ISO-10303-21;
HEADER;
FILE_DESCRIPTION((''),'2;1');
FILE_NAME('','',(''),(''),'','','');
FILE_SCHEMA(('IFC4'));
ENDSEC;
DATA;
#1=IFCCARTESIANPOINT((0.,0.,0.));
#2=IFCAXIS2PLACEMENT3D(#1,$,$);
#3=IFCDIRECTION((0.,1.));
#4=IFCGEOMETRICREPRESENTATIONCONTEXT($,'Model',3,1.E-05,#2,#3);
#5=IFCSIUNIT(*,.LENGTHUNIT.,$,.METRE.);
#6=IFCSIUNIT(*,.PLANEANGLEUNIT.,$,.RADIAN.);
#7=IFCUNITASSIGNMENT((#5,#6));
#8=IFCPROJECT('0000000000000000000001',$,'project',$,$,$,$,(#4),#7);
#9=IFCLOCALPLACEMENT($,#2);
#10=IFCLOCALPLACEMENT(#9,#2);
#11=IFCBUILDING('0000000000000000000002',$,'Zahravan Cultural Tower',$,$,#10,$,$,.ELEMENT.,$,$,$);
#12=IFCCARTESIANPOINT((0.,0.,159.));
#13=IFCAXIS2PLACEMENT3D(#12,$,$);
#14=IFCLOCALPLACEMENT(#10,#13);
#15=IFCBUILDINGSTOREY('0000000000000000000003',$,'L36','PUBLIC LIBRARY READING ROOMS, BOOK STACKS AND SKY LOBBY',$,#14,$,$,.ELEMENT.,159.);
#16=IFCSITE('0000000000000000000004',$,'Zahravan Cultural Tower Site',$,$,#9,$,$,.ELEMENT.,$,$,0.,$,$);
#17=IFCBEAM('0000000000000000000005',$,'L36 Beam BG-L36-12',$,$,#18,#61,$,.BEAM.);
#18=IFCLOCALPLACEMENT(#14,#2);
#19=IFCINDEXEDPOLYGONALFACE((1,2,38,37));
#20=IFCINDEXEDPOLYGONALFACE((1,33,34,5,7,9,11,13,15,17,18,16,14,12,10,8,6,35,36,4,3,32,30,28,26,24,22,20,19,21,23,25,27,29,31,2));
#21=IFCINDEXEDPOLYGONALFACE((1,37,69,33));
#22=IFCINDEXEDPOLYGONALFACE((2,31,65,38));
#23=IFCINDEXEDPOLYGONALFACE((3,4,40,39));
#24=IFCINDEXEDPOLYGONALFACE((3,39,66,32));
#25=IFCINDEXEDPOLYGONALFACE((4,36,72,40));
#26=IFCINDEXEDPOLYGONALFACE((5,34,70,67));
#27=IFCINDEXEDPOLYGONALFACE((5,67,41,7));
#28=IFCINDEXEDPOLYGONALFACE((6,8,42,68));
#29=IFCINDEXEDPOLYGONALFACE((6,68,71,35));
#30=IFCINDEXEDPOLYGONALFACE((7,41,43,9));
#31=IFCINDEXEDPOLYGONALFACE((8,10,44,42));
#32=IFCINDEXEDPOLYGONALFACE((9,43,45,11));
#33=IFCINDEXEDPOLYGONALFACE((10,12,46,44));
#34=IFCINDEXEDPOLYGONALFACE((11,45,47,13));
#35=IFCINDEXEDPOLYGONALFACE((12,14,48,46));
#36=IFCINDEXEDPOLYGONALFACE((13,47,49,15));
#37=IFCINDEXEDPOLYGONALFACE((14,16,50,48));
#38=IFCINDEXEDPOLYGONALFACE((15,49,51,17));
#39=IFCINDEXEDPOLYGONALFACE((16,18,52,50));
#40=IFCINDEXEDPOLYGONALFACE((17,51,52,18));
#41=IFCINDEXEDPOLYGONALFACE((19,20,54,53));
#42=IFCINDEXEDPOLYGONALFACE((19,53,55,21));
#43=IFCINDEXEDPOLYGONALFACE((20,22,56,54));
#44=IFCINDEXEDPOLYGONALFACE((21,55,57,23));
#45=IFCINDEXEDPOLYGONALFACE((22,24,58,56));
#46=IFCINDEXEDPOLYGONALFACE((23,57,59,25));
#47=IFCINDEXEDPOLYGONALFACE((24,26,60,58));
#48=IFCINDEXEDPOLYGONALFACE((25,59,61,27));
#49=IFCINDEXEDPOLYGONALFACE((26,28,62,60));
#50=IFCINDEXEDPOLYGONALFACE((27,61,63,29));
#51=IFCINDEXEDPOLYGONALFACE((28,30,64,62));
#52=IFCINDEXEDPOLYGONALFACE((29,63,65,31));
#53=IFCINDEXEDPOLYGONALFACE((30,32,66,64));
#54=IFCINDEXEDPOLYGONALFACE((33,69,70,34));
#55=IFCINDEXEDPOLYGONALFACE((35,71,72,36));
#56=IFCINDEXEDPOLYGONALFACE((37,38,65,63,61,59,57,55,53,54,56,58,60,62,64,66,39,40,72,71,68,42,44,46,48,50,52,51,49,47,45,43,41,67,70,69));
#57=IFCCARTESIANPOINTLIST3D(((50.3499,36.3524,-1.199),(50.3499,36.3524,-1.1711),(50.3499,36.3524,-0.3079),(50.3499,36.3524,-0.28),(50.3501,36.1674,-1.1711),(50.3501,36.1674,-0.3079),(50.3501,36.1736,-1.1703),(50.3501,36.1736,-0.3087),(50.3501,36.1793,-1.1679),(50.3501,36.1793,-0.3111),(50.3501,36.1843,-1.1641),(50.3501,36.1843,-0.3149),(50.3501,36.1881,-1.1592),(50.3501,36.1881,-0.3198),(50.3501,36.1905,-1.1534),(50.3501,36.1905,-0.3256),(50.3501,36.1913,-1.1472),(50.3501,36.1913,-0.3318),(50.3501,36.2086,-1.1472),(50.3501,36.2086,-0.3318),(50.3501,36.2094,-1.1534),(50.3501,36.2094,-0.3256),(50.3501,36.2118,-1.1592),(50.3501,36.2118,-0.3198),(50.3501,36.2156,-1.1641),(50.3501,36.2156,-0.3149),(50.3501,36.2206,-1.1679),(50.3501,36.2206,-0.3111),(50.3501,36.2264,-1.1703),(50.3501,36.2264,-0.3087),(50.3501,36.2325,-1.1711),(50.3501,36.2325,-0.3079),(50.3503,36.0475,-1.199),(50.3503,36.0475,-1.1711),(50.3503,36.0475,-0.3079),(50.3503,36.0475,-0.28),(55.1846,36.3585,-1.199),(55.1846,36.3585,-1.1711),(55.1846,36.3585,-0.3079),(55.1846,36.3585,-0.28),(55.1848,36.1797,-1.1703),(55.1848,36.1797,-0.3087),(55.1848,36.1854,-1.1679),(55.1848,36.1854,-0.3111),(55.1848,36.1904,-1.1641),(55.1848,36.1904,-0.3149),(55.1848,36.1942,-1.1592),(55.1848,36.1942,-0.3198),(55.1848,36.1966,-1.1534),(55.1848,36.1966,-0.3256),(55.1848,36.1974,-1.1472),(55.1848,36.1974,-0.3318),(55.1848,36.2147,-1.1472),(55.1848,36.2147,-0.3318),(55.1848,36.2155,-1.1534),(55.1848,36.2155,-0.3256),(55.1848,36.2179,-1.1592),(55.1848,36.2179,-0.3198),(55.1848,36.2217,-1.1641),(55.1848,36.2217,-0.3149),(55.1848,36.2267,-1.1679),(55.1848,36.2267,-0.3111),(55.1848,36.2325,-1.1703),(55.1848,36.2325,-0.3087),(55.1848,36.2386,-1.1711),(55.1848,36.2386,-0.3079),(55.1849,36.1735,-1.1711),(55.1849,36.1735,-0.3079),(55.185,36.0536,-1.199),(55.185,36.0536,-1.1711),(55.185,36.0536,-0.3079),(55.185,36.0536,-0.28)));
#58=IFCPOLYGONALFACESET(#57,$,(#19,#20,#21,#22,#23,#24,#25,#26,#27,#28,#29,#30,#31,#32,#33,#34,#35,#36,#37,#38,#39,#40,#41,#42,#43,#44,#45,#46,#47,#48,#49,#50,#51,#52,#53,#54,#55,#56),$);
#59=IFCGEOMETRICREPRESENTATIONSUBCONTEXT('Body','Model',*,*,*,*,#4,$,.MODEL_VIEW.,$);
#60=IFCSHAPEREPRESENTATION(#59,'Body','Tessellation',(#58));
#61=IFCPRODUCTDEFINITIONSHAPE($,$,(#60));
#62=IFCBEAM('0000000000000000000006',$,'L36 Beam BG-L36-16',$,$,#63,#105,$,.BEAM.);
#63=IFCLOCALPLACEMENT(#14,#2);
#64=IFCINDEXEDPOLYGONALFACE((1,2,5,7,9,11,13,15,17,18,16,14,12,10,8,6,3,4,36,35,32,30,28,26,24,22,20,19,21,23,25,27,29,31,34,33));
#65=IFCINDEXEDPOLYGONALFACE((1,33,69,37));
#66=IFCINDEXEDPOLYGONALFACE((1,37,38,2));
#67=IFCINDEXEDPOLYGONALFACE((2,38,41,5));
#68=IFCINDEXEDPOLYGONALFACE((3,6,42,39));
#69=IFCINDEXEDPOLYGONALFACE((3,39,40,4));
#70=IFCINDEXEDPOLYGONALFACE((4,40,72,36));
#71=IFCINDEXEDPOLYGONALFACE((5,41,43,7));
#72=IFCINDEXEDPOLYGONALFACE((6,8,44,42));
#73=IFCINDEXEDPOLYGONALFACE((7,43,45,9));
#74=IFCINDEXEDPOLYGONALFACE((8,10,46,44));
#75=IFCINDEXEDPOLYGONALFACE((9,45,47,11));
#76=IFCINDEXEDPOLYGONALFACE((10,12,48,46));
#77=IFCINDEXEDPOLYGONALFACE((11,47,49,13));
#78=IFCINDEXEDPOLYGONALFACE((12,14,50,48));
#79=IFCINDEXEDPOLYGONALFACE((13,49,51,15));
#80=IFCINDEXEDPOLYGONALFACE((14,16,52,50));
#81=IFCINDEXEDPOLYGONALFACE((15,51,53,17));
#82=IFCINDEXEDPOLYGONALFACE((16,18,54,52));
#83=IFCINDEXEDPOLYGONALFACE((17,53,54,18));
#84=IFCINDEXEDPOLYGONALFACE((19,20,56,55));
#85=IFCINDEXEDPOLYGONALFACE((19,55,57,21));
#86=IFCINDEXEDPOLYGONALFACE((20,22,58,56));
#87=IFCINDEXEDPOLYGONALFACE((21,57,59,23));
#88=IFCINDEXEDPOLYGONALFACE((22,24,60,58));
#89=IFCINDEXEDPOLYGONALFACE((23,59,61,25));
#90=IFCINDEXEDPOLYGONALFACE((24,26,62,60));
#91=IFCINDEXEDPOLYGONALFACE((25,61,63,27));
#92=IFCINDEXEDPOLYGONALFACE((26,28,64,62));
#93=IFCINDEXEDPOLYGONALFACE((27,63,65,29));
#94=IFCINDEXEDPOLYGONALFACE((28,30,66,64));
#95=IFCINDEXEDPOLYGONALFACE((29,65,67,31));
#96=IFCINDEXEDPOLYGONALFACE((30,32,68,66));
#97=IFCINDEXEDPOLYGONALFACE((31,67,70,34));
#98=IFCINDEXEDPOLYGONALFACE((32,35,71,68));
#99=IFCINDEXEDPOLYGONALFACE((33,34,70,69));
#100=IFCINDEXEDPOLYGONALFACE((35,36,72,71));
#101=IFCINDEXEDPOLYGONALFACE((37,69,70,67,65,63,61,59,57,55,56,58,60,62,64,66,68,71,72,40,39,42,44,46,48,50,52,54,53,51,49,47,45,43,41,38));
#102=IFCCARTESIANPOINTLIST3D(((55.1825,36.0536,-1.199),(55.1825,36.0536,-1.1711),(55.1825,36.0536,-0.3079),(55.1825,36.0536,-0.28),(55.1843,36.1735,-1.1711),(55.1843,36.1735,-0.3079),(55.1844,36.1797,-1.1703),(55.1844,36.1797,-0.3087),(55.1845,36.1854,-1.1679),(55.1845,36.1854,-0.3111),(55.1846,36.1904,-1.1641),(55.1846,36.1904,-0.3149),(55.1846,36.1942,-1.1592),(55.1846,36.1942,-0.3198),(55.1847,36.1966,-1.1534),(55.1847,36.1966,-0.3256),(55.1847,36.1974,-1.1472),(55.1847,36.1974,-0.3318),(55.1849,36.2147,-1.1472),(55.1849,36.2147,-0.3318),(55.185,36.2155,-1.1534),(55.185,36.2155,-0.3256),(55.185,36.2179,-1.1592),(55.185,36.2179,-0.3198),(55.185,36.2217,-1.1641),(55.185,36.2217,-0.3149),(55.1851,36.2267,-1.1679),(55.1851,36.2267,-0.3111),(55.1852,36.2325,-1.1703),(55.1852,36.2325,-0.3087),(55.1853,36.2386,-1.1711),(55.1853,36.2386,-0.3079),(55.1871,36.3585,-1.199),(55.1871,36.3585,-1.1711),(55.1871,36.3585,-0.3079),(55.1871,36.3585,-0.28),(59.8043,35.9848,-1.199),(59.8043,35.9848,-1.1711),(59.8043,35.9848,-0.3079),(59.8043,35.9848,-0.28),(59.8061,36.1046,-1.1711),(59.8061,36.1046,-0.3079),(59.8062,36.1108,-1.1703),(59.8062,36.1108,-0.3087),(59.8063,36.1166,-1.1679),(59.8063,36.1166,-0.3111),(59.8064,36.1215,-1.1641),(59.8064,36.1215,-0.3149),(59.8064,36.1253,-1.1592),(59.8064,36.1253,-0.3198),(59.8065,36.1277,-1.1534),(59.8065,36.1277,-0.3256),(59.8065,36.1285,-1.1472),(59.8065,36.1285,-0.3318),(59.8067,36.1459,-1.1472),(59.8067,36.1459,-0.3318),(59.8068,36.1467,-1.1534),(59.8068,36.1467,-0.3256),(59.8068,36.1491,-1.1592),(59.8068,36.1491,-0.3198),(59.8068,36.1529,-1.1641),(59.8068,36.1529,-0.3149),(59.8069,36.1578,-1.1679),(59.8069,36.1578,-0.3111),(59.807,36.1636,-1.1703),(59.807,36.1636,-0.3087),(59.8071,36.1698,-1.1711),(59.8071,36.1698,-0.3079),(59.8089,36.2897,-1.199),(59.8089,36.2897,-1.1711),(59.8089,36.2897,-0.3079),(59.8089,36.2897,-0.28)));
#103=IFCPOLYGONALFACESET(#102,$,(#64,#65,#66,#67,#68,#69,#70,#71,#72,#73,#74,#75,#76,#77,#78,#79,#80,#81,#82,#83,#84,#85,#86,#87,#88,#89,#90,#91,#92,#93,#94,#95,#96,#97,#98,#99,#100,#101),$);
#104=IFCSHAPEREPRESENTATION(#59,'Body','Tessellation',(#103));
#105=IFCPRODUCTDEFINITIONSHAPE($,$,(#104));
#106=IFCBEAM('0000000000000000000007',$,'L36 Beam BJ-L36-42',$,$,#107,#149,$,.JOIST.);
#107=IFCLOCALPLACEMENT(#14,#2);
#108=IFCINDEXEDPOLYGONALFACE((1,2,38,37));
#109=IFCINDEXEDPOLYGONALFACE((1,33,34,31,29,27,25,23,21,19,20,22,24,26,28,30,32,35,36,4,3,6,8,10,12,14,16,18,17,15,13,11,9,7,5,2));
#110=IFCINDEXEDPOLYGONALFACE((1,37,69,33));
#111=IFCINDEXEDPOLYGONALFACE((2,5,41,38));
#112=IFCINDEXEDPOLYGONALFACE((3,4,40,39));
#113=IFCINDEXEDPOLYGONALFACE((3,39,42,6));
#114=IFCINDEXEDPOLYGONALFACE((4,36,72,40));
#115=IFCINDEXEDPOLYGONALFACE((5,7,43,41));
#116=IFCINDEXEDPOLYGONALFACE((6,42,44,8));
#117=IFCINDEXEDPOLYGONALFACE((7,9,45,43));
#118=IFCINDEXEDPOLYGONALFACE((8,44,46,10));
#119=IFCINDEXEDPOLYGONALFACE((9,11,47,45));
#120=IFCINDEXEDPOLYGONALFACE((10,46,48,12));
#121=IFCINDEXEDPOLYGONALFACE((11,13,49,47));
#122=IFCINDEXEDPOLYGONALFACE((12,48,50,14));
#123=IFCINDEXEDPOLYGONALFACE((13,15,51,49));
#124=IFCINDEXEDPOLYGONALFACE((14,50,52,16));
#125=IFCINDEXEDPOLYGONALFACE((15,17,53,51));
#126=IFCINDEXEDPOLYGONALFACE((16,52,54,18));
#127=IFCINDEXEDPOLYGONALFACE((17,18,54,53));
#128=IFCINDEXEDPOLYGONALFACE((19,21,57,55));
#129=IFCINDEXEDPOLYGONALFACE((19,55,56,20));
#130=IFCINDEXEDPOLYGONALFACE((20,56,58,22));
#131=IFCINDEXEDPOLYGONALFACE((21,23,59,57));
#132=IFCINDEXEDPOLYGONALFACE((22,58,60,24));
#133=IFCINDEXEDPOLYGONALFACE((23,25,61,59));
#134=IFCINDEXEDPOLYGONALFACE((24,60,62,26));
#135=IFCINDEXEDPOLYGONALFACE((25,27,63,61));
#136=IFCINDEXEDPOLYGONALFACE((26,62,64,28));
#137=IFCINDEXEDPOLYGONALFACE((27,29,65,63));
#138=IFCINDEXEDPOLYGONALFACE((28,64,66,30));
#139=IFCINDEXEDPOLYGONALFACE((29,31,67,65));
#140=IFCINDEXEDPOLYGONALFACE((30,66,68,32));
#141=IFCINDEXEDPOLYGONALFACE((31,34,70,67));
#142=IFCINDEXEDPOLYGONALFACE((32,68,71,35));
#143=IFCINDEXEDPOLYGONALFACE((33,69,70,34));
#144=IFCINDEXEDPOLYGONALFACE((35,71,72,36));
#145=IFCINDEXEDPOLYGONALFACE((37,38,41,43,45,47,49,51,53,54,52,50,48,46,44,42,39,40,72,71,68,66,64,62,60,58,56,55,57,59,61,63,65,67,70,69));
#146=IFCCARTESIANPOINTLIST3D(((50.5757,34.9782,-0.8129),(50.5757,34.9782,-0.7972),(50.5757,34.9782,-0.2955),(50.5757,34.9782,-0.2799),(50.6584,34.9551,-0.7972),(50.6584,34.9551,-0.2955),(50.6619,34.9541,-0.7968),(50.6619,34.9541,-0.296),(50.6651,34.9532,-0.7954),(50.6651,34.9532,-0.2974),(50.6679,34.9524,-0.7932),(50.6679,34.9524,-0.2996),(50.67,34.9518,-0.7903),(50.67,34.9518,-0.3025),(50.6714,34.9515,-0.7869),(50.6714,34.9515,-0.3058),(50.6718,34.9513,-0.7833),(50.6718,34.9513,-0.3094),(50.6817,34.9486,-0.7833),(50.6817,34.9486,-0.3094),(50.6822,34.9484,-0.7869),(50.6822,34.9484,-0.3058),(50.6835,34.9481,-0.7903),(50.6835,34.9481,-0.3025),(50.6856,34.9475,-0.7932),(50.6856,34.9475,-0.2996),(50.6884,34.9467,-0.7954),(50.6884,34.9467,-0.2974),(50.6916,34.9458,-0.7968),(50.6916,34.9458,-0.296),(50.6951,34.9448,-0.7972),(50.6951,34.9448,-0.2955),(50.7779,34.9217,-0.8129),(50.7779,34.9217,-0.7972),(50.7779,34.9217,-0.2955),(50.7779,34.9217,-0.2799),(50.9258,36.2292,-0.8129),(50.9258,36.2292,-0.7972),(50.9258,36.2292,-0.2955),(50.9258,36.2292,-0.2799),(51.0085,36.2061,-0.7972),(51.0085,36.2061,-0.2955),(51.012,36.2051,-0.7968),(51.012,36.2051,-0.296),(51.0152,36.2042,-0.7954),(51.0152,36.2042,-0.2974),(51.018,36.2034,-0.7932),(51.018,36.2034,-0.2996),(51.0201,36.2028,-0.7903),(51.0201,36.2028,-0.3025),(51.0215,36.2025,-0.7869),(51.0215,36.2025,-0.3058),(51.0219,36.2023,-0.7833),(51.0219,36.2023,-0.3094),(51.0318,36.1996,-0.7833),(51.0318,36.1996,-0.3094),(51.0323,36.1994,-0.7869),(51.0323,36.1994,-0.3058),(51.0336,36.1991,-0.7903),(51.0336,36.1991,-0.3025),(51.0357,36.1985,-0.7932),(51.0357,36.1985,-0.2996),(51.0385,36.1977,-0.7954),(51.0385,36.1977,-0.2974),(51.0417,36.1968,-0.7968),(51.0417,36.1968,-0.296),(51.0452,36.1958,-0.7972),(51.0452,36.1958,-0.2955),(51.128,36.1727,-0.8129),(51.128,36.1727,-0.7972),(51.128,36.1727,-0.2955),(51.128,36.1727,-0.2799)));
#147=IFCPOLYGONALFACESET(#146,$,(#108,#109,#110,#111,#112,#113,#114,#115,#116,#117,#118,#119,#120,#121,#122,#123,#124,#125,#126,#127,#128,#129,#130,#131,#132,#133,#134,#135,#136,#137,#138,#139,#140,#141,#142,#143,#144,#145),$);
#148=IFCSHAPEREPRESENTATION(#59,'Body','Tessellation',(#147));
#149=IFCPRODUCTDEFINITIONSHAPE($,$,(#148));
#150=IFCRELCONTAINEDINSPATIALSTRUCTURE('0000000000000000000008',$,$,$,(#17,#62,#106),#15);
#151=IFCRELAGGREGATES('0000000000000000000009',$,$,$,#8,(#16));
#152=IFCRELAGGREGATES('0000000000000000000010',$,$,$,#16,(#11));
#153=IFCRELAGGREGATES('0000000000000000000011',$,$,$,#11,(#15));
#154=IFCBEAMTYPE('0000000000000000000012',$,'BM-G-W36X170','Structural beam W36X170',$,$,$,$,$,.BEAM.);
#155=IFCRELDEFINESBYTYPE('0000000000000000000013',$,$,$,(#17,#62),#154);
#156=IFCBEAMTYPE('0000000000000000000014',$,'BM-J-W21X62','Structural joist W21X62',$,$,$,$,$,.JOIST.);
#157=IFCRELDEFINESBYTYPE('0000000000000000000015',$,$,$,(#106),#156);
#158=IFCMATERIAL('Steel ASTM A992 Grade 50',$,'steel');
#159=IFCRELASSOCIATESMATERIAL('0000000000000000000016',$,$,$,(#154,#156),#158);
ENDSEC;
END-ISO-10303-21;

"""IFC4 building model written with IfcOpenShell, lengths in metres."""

from ifc_helpers import new_model, si_unit, direction, frame, origin, origin_2d, place, context, subcontext, project, spatial, i_section, extrude, source, transform, mapped, material, material_profile, profile_set, type_object, element, save


model = new_model("IFC4")

# Units and contexts
model_context = context("Model", 3, precision=1e-05, world=origin(), true_north=direction((0.0, 1.0)))
body_context = subcontext(model_context, "Body", "Model", "MODEL_VIEW")
ifc_project = project(units=[si_unit("LENGTHUNIT", "METRE"), si_unit("PLANEANGLEUNIT", "RADIAN")], contexts=[model_context])

# Site, building, storey
site_placement = place(None, origin())
site = spatial("IfcSite", under=ifc_project, at=site_placement, Name="Zahravan Cultural Tower Site", CompositionType="ELEMENT", RefElevation=0.0)
building_placement = place(site_placement, origin())
building = spatial("IfcBuilding", under=site, at=building_placement, Name="Zahravan Cultural Tower", CompositionType="ELEMENT")
storey_placement = place(building_placement, frame((0.0, 0.0, 159.0)))
storey = spatial("IfcBuildingStorey", under=building, at=storey_placement, Name="L36", Description="PUBLIC LIBRARY READING ROOMS, BOOK STACKS AND SKY LOBBY", CompositionType="ELEMENT", Elevation=159.0)

# Shared definitions
ifc_material_1 = material(Name="Steel ASTM A992 Grade 50", Category="steel")

# Beams
ifc_material_profile_1 = material_profile(ifc_material_1, i_section(OverallWidth=0.3049, OverallDepth=0.9189, WebThickness=0.0173, FlangeThickness=0.0278, FilletRadius=0.0239, at=origin_2d()), Name="W36X170")
ifc_profile_set_1 = profile_set([ifc_material_profile_1], Name="Steel ASTM A992 Grade 50")
beam_type_1 = type_object("IfcBeamType", Name="BM-G-W36X170", Description="Structural beam W36X170", PredefinedType="BEAM", material=ifc_profile_set_1)
shared_shape_1 = source(origin(), body_context, "Body", "SweptSolid", [
    extrude(i_section(OverallWidth=0.3049, OverallDepth=0.9189, WebThickness=0.0173, FlangeThickness=0.0278, FilletRadius=0.0239, at=origin_2d()), origin(), (0.0, 0.0, 1.0), 4.8347),
])
beam_1_placement = place(storey_placement, frame((50.3501, 36.2, -0.7395), z_axis=(0.999999, 0.001262, 0.0), x_axis=(-0.001262, 0.999999, 0.0)))
element("IfcBeam", 1, at=beam_1_placement, inside=storey, type_object=beam_type_1, Name="L36 Beam BG-L36-12", PredefinedType="BEAM", context=body_context, shape_type="MappedRepresentation", body=[
    mapped(shared_shape_1, transform((0.0, 0.0, 0.0), x_axis=(1.0, 0.0, 0.0), y_axis=(0.0, 1.0, 0.0), z_axis=(0.0, 0.0, 1.0), scale=1.0)),
])
shared_shape_2 = source(origin(), body_context, "Body", "SweptSolid", [
    extrude(i_section(OverallWidth=0.3049, OverallDepth=0.9189, WebThickness=0.0173, FlangeThickness=0.0278, FilletRadius=0.0239, at=origin_2d()), origin(), (0.0, 0.0, 1.0), 4.6223),
])
beam_2_placement = place(storey_placement, frame((55.1848, 36.2061, -0.7395), z_axis=(0.999889, -0.014895, 0.0), x_axis=(0.014895, 0.999889, 0.0)))
element("IfcBeam", 2, at=beam_2_placement, inside=storey, type_object=beam_type_1, Name="L36 Beam BG-L36-16", PredefinedType="BEAM", context=body_context, shape_type="MappedRepresentation", body=[
    mapped(shared_shape_2, transform((0.0, 0.0, 0.0), x_axis=(1.0, 0.0, 0.0), y_axis=(0.0, 1.0, 0.0), z_axis=(0.0, 0.0, 1.0), scale=1.0)),
])
ifc_material_profile_2 = material_profile(ifc_material_1, i_section(OverallWidth=0.21, OverallDepth=0.533, WebThickness=0.0103, FlangeThickness=0.0156, FilletRadius=0.0139, at=origin_2d()), Name="W21X62")
ifc_profile_set_2 = profile_set([ifc_material_profile_2], Name="Steel ASTM A992 Grade 50")
beam_type_2 = type_object("IfcBeamType", Name="BM-J-W21X62", Description="Structural joist W21X62", PredefinedType="JOIST", material=ifc_profile_set_2)
shared_shape_3 = source(origin(), body_context, "Body", "SweptSolid", [
    extrude(i_section(OverallWidth=0.21, OverallDepth=0.533, WebThickness=0.0103, FlangeThickness=0.0156, FilletRadius=0.0139, at=origin_2d()), origin(), (0.0, 0.0, 1.0), 1.2991),
])
beam_3_placement = place(storey_placement, frame((50.6768, 34.95, -0.5464), z_axis=(0.269504, 0.962999, 0.0), x_axis=(-0.962999, 0.269504, 0.0)))
element("IfcBeam", 3, at=beam_3_placement, inside=storey, type_object=beam_type_2, Name="L36 Beam BJ-L36-42", PredefinedType="JOIST", context=body_context, shape_type="MappedRepresentation", body=[
    mapped(shared_shape_3, transform((0.0, 0.0, 0.0), x_axis=(1.0, 0.0, 0.0), y_axis=(0.0, 1.0, 0.0), z_axis=(0.0, 0.0, 1.0), scale=1.0)),
])

save(model, "model.ifc")
